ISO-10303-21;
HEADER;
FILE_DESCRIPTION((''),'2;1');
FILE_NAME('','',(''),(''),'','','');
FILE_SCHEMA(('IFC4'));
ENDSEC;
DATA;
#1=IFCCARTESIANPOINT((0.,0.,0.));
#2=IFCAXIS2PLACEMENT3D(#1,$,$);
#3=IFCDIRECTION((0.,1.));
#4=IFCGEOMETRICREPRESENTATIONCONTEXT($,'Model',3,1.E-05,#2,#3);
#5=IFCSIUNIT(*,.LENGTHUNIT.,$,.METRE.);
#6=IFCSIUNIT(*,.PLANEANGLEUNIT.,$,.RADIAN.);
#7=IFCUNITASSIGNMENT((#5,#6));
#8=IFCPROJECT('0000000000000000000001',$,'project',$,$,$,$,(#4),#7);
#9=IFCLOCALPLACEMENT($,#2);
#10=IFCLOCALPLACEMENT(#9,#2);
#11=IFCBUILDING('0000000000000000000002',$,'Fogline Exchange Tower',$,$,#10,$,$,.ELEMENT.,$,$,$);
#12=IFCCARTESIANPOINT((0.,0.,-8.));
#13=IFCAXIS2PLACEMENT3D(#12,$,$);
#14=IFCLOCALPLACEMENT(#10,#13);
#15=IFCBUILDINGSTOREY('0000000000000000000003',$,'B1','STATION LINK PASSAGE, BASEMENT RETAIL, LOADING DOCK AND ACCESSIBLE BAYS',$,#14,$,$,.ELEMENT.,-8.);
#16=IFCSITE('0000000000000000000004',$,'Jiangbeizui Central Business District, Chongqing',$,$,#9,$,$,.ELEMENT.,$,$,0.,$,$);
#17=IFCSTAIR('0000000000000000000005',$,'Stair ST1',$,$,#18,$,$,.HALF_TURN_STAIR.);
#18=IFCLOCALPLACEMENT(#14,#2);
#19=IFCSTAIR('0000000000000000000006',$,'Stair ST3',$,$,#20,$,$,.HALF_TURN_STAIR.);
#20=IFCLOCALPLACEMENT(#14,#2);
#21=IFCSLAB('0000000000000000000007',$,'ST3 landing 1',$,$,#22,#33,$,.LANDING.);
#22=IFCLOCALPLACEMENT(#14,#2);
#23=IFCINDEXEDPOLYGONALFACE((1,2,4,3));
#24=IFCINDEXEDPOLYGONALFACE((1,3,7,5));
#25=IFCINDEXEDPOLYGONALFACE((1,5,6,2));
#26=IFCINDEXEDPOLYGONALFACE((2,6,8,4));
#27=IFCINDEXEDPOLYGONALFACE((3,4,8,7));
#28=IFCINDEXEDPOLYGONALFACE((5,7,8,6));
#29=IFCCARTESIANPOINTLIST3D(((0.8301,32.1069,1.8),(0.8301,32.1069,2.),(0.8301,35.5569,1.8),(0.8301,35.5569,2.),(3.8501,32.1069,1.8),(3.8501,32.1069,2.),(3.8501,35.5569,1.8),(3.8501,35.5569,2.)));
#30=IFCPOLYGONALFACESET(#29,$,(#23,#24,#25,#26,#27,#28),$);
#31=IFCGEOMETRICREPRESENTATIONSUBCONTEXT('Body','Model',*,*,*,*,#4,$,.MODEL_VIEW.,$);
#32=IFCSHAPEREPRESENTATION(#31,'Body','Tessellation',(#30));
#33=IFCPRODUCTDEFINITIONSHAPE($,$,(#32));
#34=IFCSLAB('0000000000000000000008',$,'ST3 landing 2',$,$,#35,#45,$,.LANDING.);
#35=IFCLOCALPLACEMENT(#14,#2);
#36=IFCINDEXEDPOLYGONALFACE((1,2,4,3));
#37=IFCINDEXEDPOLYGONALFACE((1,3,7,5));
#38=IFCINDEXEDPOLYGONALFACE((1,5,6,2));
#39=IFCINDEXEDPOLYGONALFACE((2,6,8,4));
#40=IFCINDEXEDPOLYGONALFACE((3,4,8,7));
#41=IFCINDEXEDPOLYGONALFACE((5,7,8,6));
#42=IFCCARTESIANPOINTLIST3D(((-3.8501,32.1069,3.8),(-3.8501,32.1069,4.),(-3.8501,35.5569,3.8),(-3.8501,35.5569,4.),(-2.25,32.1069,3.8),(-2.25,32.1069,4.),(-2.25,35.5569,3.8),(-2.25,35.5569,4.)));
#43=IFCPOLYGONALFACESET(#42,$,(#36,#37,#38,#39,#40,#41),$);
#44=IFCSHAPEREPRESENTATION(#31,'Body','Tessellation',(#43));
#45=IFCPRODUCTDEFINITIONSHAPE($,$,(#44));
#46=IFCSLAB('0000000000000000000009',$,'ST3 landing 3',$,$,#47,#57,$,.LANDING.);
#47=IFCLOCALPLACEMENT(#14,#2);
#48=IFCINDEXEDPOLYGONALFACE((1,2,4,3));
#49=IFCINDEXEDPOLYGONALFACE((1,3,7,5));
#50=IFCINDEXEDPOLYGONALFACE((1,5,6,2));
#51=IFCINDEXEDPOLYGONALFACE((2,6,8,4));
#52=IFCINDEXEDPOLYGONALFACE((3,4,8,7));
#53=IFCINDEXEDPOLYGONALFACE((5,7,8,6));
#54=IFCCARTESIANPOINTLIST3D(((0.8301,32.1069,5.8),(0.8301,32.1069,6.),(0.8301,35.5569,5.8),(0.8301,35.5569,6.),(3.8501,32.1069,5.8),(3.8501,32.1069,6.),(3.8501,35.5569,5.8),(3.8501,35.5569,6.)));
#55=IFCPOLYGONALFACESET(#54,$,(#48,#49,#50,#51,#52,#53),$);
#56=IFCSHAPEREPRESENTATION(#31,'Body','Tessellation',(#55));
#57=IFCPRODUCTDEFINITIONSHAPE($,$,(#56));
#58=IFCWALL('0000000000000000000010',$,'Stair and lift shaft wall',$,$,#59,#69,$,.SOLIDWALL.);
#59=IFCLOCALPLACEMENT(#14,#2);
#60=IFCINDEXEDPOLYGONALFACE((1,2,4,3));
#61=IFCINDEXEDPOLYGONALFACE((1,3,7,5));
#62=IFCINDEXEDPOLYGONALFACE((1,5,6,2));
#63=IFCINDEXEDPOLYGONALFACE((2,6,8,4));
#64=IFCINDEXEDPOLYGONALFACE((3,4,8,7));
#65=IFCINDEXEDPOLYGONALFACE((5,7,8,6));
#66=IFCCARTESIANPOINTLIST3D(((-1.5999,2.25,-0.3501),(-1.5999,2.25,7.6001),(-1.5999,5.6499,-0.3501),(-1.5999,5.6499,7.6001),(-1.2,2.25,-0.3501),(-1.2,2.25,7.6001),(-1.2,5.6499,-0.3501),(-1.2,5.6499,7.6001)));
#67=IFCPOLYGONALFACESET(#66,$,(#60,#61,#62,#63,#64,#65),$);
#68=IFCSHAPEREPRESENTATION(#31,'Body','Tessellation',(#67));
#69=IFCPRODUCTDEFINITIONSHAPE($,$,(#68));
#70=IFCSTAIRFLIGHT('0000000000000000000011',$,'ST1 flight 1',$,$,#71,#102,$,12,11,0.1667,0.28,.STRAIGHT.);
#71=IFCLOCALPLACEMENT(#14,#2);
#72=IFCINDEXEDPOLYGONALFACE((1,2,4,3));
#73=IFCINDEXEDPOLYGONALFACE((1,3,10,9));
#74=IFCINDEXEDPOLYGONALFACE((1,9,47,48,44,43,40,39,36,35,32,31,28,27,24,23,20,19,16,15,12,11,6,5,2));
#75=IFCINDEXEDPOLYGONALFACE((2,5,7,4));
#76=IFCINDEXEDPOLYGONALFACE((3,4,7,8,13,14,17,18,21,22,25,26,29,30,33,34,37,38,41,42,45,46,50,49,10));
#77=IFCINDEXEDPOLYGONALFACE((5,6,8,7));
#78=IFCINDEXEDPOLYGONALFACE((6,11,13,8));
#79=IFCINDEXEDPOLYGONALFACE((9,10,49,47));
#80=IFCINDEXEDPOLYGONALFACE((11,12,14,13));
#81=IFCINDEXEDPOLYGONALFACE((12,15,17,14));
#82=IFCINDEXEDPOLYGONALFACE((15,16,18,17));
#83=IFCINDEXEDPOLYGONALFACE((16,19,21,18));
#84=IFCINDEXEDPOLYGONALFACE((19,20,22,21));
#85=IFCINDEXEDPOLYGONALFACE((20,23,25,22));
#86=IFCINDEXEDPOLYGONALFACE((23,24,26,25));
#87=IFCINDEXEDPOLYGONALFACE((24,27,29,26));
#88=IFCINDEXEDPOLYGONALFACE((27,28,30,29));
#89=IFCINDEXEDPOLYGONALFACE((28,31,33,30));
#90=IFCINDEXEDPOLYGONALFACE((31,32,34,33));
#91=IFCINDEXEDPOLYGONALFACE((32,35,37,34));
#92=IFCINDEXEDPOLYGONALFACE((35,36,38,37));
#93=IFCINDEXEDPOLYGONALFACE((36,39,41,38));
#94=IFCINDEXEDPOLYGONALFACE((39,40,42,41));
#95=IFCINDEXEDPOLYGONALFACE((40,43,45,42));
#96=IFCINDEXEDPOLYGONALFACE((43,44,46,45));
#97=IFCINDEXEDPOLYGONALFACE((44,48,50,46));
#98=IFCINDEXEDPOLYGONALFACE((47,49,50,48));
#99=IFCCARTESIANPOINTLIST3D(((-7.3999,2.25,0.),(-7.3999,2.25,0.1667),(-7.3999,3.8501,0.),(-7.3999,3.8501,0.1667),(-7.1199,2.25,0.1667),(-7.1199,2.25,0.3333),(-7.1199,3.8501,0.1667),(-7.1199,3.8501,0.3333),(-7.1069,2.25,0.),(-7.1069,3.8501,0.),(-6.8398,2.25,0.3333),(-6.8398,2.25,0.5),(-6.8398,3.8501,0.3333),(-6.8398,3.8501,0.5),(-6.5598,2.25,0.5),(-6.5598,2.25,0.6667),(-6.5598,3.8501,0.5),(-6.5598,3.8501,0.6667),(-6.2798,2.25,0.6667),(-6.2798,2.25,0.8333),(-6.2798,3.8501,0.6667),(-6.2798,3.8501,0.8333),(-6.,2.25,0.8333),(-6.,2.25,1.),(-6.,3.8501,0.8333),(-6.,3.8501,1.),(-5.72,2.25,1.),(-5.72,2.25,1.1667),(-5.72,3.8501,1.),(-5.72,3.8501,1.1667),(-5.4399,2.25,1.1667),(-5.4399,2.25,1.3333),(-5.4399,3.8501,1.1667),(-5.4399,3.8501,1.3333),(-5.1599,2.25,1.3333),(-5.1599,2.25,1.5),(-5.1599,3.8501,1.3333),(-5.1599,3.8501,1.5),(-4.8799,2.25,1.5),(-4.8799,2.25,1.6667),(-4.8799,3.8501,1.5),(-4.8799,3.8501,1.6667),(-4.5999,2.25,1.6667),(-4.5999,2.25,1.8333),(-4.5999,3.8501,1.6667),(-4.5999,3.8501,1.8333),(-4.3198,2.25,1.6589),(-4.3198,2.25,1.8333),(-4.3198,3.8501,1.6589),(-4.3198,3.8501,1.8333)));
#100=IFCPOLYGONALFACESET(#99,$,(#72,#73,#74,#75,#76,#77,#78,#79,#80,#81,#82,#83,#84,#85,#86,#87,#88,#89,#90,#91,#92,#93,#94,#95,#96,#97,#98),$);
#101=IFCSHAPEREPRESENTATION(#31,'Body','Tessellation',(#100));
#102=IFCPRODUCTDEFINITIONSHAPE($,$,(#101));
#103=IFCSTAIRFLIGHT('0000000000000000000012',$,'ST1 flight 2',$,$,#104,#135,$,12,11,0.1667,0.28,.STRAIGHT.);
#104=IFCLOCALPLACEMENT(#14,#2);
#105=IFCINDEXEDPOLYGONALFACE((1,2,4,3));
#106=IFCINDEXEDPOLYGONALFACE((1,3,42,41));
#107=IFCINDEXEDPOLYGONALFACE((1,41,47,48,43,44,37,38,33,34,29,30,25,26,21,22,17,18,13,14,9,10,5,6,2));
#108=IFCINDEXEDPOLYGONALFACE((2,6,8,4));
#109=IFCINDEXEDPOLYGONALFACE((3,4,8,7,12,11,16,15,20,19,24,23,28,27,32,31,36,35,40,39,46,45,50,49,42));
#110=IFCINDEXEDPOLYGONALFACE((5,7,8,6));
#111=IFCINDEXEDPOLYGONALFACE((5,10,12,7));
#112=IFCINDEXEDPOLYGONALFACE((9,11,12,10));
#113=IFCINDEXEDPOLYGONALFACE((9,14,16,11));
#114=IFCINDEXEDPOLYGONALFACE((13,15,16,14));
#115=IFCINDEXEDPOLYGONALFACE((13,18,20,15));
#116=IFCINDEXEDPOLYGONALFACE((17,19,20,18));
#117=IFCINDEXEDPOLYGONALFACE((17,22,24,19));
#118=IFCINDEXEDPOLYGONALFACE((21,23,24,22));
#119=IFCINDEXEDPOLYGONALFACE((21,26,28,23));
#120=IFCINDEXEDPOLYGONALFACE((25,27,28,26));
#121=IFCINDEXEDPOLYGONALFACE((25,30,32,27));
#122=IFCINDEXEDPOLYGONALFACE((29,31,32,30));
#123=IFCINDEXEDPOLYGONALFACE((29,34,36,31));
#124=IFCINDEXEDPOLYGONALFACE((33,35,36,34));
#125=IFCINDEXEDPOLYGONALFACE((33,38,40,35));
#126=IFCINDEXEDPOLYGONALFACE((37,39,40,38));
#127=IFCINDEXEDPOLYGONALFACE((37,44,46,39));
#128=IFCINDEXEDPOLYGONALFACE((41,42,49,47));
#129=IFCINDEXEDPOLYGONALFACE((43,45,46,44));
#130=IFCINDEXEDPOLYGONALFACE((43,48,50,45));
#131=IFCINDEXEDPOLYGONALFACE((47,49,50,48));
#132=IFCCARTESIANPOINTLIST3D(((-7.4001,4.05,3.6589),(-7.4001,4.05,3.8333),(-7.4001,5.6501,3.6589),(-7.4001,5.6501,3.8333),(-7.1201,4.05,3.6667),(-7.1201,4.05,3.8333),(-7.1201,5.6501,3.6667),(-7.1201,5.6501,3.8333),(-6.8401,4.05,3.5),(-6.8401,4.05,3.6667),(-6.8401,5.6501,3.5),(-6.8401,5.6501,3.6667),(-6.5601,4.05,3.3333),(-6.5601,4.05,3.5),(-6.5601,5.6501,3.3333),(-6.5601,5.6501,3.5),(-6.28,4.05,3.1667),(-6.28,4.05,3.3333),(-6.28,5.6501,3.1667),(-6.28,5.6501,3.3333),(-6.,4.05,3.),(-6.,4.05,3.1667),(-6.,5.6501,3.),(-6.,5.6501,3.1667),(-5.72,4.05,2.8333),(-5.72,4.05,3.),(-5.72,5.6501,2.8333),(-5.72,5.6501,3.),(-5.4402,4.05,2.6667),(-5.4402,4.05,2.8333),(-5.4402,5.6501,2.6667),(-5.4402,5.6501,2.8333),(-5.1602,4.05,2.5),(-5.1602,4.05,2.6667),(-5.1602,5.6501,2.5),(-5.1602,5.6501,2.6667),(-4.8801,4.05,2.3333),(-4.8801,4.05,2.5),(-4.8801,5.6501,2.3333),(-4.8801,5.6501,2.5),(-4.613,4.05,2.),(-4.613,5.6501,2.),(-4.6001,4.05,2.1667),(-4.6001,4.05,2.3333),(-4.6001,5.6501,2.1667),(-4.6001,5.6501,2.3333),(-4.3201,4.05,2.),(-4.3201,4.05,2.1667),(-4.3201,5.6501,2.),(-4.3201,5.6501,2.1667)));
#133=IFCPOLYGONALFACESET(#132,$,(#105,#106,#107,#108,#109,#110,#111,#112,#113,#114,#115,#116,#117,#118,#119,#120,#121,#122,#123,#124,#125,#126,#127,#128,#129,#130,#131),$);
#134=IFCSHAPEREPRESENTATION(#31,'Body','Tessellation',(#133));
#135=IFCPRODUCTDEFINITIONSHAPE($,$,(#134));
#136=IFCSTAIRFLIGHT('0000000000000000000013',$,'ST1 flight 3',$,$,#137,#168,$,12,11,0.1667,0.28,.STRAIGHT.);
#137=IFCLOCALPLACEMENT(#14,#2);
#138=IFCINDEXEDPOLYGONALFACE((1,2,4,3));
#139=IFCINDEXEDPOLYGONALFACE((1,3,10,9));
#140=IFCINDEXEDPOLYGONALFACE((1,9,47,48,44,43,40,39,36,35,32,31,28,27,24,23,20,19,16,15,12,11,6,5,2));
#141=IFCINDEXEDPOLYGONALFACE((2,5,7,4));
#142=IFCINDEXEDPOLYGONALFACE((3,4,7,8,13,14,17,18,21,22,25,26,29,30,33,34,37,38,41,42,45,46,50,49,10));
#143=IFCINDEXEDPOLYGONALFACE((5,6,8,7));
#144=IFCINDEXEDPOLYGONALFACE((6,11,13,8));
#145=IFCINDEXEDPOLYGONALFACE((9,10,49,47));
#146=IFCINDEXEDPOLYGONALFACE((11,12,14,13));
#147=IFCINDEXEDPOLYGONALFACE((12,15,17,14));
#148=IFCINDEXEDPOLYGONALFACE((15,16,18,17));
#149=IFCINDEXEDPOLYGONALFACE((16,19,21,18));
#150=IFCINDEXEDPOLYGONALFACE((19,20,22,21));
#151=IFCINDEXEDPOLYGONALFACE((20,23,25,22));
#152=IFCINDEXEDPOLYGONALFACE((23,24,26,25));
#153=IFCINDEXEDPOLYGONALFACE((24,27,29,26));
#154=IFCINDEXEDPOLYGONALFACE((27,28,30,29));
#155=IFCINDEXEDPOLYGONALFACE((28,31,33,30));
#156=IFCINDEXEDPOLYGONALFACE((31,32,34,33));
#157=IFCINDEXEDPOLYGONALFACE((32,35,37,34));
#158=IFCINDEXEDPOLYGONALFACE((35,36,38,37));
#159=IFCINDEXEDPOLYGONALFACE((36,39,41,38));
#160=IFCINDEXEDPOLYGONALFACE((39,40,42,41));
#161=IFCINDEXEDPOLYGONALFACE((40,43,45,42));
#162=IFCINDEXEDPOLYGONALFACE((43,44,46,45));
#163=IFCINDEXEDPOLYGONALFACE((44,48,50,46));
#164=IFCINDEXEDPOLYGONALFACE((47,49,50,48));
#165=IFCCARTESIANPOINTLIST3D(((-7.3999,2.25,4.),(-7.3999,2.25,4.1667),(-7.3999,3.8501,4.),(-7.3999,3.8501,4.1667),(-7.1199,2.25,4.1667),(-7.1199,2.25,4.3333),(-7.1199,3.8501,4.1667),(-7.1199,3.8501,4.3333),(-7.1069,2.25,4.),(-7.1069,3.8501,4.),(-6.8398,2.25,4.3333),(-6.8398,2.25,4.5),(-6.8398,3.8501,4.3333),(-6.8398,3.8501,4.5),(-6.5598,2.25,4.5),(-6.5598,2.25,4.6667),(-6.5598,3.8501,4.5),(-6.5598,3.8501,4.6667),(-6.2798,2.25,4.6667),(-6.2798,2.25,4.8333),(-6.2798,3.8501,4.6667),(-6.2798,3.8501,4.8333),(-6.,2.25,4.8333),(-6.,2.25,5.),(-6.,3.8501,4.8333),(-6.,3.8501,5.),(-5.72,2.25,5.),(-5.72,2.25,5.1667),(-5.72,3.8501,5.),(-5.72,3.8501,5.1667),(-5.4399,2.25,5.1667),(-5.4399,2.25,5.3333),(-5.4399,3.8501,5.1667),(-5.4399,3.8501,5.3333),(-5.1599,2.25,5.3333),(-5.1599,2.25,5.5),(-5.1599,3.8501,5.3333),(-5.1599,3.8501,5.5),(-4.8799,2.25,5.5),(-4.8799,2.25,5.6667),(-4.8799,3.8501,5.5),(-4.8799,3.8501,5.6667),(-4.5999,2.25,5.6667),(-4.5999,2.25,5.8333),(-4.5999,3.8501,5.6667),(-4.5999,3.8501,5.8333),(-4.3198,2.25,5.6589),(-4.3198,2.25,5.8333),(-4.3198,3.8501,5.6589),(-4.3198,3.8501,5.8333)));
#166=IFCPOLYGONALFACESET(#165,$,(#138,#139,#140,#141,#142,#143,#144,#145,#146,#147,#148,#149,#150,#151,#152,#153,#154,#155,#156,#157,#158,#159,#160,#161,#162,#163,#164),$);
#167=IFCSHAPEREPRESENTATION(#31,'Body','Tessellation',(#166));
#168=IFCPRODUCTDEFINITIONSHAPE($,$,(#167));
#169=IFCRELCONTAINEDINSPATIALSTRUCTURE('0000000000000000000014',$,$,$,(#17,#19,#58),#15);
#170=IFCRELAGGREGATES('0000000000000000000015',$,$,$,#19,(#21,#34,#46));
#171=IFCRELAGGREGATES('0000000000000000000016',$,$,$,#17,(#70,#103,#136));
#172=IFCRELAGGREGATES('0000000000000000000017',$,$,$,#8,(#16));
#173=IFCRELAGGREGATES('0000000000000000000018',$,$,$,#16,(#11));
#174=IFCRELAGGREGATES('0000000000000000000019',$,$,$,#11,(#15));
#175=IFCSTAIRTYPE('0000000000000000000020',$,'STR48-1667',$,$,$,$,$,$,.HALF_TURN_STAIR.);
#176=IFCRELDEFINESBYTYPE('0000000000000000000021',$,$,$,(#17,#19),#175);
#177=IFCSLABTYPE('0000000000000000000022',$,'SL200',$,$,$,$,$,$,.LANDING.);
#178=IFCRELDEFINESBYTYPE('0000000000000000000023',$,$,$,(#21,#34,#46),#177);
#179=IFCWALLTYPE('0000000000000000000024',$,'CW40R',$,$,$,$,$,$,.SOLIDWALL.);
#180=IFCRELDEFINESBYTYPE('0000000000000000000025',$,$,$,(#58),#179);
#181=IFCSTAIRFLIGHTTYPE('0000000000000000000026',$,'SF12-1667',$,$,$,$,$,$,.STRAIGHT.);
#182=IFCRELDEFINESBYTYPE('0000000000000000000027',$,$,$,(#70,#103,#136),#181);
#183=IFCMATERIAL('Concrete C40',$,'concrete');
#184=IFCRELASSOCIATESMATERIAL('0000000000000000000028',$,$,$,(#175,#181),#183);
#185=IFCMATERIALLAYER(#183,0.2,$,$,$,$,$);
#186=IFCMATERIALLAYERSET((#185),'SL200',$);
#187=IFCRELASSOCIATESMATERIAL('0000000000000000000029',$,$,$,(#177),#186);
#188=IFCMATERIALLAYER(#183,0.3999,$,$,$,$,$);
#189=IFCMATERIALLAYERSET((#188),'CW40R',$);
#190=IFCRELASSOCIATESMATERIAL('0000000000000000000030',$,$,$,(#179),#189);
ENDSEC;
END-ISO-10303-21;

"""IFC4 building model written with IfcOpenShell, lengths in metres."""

from ifc_helpers import new_model, si_unit, direction, frame, frame_2d, origin, place, context, subcontext, project, spatial, polyline, rectangle, outline, extrude, material, layer, layer_set, type_object, element, aggregate, save


model = new_model("IFC4")

# Units and contexts
model_context = context("Model", 3, precision=1e-05, world=origin(), true_north=direction((0.0, 1.0)))
body_context = subcontext(model_context, "Body", "Model", "MODEL_VIEW")
ifc_project = project(units=[si_unit("LENGTHUNIT", "METRE"), si_unit("PLANEANGLEUNIT", "RADIAN")], contexts=[model_context])

# Site, building, storey
site_placement = place(None, origin())
site = spatial("IfcSite", under=ifc_project, at=site_placement, Name="Jiangbeizui Central Business District, Chongqing", CompositionType="ELEMENT", RefElevation=0.0)
building_placement = place(site_placement, origin())
building = spatial("IfcBuilding", under=site, at=building_placement, Name="Fogline Exchange Tower", CompositionType="ELEMENT")
storey_placement = place(building_placement, frame((0.0, 0.0, -8.0)))
storey = spatial("IfcBuildingStorey", under=building, at=storey_placement, Name="B1", Description="STATION LINK PASSAGE, BASEMENT RETAIL, LOADING DOCK AND ACCESSIBLE BAYS", CompositionType="ELEMENT", Elevation=-8.0)

# Shared definitions
ifc_material_1 = material(Name="Concrete C40", Category="concrete")

# Stairs, slabs
stair_type = type_object("IfcStairType", Name="STR48-1667", PredefinedType="HALF_TURN_STAIR", material=ifc_material_1)
stair_1_placement = place(storey_placement, origin())
stair_1 = element("IfcStair", 1, at=stair_1_placement, inside=storey, type_object=stair_type, Name="Stair ST1", PredefinedType="HALF_TURN_STAIR")
ifc_layer_1 = layer(ifc_material_1, 0.2)
ifc_layer_set_1 = layer_set([ifc_layer_1], Name="SL200")
slab_type_1 = type_object("IfcSlabType", Name="SL200", PredefinedType="LANDING", material=ifc_layer_set_1)
stair_2_placement = place(storey_placement, origin())
stair_2 = element("IfcStair", 2, at=stair_2_placement, inside=storey, type_object=stair_type, Name="Stair ST3", PredefinedType="HALF_TURN_STAIR")
slab_1_placement = place(storey_placement, frame((0.0, 0.0, 1.8)))
slab_1 = element("IfcSlab", 3, at=slab_1_placement, type_object=slab_type_1, Name="ST3 landing 1", PredefinedType="LANDING", context=body_context, shape_type="SweptSolid", body=[
    extrude(outline(polyline([(0.8301, 32.1069), (3.8501, 32.1069), (3.8501, 35.5569), (0.8301, 35.5569), (0.8301, 32.1069)])), origin(), (0.0, 0.0, 1.0), 0.2),
])
slab_2_placement = place(storey_placement, frame((0.0, 0.0, 3.8)))
slab_2 = element("IfcSlab", 4, at=slab_2_placement, type_object=slab_type_1, Name="ST3 landing 2", PredefinedType="LANDING", context=body_context, shape_type="SweptSolid", body=[
    extrude(outline(polyline([(-3.8501, 32.1069), (-2.25, 32.1069), (-2.25, 35.5569), (-3.8501, 35.5569), (-3.8501, 32.1069)])), origin(), (0.0, 0.0, 1.0), 0.2),
])
slab_3_placement = place(storey_placement, frame((0.0, 0.0, 5.8)))
slab_3 = element("IfcSlab", 5, at=slab_3_placement, type_object=slab_type_1, Name="ST3 landing 3", PredefinedType="LANDING", context=body_context, shape_type="SweptSolid", body=[
    extrude(outline(polyline([(0.8301, 32.1069), (3.8501, 32.1069), (3.8501, 35.5569), (0.8301, 35.5569), (0.8301, 32.1069)])), origin(), (0.0, 0.0, 1.0), 0.2),
])
aggregate(stair_2, [slab_1, slab_2, slab_3])

# Wall
ifc_layer_2 = layer(ifc_material_1, 0.3999)
ifc_layer_set_2 = layer_set([ifc_layer_2], Name="CW40R")
wall_type = type_object("IfcWallType", Name="CW40R", PredefinedType="SOLIDWALL", material=ifc_layer_set_2)
wall_placement = place(storey_placement, frame((-1.3999, 2.25, -0.3501), z_axis=(0.0, 0.0, 1.0), x_axis=(0.0, 1.0, 0.0)))
element("IfcWall", 6, at=wall_placement, inside=storey, type_object=wall_type, Name="Stair and lift shaft wall", PredefinedType="SOLIDWALL", context=body_context, shape_type="SweptSolid", body=[
    extrude(rectangle(XDim=3.3999, YDim=0.3999, at=frame_2d((1.7, 0.0))), origin(), (0.0, 0.0, 1.0), 7.9502),
])

# Stair flights
stair_flight_type = type_object("IfcStairFlightType", Name="SF12-1667", PredefinedType="STRAIGHT", material=ifc_material_1)
stair_flight_1_placement = place(storey_placement, frame((-7.3999, 3.05, 0.0), z_axis=(0.0, 0.0, 1.0), x_axis=(1.0, 0.0, 0.0)))
stair_flight_1 = element("IfcStairFlight", 7, at=stair_flight_1_placement, type_object=stair_flight_type, Name="ST1 flight 1", NumberOfRisers=12, NumberOfTreads=11, PredefinedType="STRAIGHT", RiserHeight=0.1667, TreadLength=0.28, context=body_context, shape_type="SweptSolid", body=[
    extrude(outline(polyline([(0.0, 0.0), (0.0, 0.1667), (0.28, 0.1667), (0.28, 0.3333), (0.5601, 0.3333), (0.5601, 0.5), (0.8401, 0.5), (0.8401, 0.6667), (1.1201, 0.6667), (1.1201, 0.8333), (1.3999, 0.8333), (1.3999, 1.0), (1.6799, 1.0), (1.6799, 1.1667), (1.96, 1.1667), (1.96, 1.3333), (2.24, 1.3333), (2.24, 1.5), (2.52, 1.5), (2.52, 1.6667), (2.8, 1.6667), (2.8, 1.8333), (3.0801, 1.8333), (3.0801, 2.0), (3.0801, 1.6589), (0.293, 0.0), (0.0, 0.0)])), frame((0.0, 0.8, 0.0), z_axis=(0.0, -1.0, 0.0), x_axis=(1.0, 0.0, 0.0)), (0.0, 0.0, 1.0), 1.6001),
])
stair_flight_2_placement = place(storey_placement, frame((-4.3201, 4.8501, 2.0), z_axis=(0.0, 0.0, 1.0), x_axis=(-1.0, 0.0, 0.0)))
stair_flight_2 = element("IfcStairFlight", 8, at=stair_flight_2_placement, type_object=stair_flight_type, Name="ST1 flight 2", NumberOfRisers=12, NumberOfTreads=11, PredefinedType="STRAIGHT", RiserHeight=0.1667, TreadLength=0.28, context=body_context, shape_type="SweptSolid", body=[
    extrude(outline(polyline([(0.0, 0.0), (0.0, 0.1667), (0.28, 0.1667), (0.28, 0.3333), (0.5601, 0.3333), (0.5601, 0.5), (0.8401, 0.5), (0.8401, 0.6667), (1.1201, 0.6667), (1.1201, 0.8333), (1.3999, 0.8333), (1.3999, 1.0), (1.6799, 1.0), (1.6799, 1.1667), (1.96, 1.1667), (1.96, 1.3333), (2.24, 1.3333), (2.24, 1.5), (2.52, 1.5), (2.52, 1.6667), (2.8, 1.6667), (2.8, 1.8333), (3.0801, 1.8333), (3.0801, 2.0), (3.0801, 1.6589), (0.293, 0.0), (0.0, 0.0)])), frame((0.0, 0.8, 0.0), z_axis=(0.0, -1.0, 0.0), x_axis=(1.0, 0.0, 0.0)), (0.0, 0.0, 1.0), 1.6001),
])
stair_flight_3_placement = place(storey_placement, frame((-7.3999, 3.05, 4.0), z_axis=(0.0, 0.0, 1.0), x_axis=(1.0, 0.0, 0.0)))
stair_flight_3 = element("IfcStairFlight", 9, at=stair_flight_3_placement, type_object=stair_flight_type, Name="ST1 flight 3", NumberOfRisers=12, NumberOfTreads=11, PredefinedType="STRAIGHT", RiserHeight=0.1667, TreadLength=0.28, context=body_context, shape_type="SweptSolid", body=[
    extrude(outline(polyline([(0.0, 0.0), (0.0, 0.1667), (0.28, 0.1667), (0.28, 0.3333), (0.5601, 0.3333), (0.5601, 0.5), (0.8401, 0.5), (0.8401, 0.6667), (1.1201, 0.6667), (1.1201, 0.8333), (1.3999, 0.8333), (1.3999, 1.0), (1.6799, 1.0), (1.6799, 1.1667), (1.96, 1.1667), (1.96, 1.3333), (2.24, 1.3333), (2.24, 1.5), (2.52, 1.5), (2.52, 1.6667), (2.8, 1.6667), (2.8, 1.8333), (3.0801, 1.8333), (3.0801, 2.0), (3.0801, 1.6589), (0.293, 0.0), (0.0, 0.0)])), frame((0.0, 0.8, 0.0), z_axis=(0.0, -1.0, 0.0), x_axis=(1.0, 0.0, 0.0)), (0.0, 0.0, 1.0), 1.6001),
])
aggregate(stair_1, [stair_flight_1, stair_flight_2, stair_flight_3])

save(model, "model.ifc")
